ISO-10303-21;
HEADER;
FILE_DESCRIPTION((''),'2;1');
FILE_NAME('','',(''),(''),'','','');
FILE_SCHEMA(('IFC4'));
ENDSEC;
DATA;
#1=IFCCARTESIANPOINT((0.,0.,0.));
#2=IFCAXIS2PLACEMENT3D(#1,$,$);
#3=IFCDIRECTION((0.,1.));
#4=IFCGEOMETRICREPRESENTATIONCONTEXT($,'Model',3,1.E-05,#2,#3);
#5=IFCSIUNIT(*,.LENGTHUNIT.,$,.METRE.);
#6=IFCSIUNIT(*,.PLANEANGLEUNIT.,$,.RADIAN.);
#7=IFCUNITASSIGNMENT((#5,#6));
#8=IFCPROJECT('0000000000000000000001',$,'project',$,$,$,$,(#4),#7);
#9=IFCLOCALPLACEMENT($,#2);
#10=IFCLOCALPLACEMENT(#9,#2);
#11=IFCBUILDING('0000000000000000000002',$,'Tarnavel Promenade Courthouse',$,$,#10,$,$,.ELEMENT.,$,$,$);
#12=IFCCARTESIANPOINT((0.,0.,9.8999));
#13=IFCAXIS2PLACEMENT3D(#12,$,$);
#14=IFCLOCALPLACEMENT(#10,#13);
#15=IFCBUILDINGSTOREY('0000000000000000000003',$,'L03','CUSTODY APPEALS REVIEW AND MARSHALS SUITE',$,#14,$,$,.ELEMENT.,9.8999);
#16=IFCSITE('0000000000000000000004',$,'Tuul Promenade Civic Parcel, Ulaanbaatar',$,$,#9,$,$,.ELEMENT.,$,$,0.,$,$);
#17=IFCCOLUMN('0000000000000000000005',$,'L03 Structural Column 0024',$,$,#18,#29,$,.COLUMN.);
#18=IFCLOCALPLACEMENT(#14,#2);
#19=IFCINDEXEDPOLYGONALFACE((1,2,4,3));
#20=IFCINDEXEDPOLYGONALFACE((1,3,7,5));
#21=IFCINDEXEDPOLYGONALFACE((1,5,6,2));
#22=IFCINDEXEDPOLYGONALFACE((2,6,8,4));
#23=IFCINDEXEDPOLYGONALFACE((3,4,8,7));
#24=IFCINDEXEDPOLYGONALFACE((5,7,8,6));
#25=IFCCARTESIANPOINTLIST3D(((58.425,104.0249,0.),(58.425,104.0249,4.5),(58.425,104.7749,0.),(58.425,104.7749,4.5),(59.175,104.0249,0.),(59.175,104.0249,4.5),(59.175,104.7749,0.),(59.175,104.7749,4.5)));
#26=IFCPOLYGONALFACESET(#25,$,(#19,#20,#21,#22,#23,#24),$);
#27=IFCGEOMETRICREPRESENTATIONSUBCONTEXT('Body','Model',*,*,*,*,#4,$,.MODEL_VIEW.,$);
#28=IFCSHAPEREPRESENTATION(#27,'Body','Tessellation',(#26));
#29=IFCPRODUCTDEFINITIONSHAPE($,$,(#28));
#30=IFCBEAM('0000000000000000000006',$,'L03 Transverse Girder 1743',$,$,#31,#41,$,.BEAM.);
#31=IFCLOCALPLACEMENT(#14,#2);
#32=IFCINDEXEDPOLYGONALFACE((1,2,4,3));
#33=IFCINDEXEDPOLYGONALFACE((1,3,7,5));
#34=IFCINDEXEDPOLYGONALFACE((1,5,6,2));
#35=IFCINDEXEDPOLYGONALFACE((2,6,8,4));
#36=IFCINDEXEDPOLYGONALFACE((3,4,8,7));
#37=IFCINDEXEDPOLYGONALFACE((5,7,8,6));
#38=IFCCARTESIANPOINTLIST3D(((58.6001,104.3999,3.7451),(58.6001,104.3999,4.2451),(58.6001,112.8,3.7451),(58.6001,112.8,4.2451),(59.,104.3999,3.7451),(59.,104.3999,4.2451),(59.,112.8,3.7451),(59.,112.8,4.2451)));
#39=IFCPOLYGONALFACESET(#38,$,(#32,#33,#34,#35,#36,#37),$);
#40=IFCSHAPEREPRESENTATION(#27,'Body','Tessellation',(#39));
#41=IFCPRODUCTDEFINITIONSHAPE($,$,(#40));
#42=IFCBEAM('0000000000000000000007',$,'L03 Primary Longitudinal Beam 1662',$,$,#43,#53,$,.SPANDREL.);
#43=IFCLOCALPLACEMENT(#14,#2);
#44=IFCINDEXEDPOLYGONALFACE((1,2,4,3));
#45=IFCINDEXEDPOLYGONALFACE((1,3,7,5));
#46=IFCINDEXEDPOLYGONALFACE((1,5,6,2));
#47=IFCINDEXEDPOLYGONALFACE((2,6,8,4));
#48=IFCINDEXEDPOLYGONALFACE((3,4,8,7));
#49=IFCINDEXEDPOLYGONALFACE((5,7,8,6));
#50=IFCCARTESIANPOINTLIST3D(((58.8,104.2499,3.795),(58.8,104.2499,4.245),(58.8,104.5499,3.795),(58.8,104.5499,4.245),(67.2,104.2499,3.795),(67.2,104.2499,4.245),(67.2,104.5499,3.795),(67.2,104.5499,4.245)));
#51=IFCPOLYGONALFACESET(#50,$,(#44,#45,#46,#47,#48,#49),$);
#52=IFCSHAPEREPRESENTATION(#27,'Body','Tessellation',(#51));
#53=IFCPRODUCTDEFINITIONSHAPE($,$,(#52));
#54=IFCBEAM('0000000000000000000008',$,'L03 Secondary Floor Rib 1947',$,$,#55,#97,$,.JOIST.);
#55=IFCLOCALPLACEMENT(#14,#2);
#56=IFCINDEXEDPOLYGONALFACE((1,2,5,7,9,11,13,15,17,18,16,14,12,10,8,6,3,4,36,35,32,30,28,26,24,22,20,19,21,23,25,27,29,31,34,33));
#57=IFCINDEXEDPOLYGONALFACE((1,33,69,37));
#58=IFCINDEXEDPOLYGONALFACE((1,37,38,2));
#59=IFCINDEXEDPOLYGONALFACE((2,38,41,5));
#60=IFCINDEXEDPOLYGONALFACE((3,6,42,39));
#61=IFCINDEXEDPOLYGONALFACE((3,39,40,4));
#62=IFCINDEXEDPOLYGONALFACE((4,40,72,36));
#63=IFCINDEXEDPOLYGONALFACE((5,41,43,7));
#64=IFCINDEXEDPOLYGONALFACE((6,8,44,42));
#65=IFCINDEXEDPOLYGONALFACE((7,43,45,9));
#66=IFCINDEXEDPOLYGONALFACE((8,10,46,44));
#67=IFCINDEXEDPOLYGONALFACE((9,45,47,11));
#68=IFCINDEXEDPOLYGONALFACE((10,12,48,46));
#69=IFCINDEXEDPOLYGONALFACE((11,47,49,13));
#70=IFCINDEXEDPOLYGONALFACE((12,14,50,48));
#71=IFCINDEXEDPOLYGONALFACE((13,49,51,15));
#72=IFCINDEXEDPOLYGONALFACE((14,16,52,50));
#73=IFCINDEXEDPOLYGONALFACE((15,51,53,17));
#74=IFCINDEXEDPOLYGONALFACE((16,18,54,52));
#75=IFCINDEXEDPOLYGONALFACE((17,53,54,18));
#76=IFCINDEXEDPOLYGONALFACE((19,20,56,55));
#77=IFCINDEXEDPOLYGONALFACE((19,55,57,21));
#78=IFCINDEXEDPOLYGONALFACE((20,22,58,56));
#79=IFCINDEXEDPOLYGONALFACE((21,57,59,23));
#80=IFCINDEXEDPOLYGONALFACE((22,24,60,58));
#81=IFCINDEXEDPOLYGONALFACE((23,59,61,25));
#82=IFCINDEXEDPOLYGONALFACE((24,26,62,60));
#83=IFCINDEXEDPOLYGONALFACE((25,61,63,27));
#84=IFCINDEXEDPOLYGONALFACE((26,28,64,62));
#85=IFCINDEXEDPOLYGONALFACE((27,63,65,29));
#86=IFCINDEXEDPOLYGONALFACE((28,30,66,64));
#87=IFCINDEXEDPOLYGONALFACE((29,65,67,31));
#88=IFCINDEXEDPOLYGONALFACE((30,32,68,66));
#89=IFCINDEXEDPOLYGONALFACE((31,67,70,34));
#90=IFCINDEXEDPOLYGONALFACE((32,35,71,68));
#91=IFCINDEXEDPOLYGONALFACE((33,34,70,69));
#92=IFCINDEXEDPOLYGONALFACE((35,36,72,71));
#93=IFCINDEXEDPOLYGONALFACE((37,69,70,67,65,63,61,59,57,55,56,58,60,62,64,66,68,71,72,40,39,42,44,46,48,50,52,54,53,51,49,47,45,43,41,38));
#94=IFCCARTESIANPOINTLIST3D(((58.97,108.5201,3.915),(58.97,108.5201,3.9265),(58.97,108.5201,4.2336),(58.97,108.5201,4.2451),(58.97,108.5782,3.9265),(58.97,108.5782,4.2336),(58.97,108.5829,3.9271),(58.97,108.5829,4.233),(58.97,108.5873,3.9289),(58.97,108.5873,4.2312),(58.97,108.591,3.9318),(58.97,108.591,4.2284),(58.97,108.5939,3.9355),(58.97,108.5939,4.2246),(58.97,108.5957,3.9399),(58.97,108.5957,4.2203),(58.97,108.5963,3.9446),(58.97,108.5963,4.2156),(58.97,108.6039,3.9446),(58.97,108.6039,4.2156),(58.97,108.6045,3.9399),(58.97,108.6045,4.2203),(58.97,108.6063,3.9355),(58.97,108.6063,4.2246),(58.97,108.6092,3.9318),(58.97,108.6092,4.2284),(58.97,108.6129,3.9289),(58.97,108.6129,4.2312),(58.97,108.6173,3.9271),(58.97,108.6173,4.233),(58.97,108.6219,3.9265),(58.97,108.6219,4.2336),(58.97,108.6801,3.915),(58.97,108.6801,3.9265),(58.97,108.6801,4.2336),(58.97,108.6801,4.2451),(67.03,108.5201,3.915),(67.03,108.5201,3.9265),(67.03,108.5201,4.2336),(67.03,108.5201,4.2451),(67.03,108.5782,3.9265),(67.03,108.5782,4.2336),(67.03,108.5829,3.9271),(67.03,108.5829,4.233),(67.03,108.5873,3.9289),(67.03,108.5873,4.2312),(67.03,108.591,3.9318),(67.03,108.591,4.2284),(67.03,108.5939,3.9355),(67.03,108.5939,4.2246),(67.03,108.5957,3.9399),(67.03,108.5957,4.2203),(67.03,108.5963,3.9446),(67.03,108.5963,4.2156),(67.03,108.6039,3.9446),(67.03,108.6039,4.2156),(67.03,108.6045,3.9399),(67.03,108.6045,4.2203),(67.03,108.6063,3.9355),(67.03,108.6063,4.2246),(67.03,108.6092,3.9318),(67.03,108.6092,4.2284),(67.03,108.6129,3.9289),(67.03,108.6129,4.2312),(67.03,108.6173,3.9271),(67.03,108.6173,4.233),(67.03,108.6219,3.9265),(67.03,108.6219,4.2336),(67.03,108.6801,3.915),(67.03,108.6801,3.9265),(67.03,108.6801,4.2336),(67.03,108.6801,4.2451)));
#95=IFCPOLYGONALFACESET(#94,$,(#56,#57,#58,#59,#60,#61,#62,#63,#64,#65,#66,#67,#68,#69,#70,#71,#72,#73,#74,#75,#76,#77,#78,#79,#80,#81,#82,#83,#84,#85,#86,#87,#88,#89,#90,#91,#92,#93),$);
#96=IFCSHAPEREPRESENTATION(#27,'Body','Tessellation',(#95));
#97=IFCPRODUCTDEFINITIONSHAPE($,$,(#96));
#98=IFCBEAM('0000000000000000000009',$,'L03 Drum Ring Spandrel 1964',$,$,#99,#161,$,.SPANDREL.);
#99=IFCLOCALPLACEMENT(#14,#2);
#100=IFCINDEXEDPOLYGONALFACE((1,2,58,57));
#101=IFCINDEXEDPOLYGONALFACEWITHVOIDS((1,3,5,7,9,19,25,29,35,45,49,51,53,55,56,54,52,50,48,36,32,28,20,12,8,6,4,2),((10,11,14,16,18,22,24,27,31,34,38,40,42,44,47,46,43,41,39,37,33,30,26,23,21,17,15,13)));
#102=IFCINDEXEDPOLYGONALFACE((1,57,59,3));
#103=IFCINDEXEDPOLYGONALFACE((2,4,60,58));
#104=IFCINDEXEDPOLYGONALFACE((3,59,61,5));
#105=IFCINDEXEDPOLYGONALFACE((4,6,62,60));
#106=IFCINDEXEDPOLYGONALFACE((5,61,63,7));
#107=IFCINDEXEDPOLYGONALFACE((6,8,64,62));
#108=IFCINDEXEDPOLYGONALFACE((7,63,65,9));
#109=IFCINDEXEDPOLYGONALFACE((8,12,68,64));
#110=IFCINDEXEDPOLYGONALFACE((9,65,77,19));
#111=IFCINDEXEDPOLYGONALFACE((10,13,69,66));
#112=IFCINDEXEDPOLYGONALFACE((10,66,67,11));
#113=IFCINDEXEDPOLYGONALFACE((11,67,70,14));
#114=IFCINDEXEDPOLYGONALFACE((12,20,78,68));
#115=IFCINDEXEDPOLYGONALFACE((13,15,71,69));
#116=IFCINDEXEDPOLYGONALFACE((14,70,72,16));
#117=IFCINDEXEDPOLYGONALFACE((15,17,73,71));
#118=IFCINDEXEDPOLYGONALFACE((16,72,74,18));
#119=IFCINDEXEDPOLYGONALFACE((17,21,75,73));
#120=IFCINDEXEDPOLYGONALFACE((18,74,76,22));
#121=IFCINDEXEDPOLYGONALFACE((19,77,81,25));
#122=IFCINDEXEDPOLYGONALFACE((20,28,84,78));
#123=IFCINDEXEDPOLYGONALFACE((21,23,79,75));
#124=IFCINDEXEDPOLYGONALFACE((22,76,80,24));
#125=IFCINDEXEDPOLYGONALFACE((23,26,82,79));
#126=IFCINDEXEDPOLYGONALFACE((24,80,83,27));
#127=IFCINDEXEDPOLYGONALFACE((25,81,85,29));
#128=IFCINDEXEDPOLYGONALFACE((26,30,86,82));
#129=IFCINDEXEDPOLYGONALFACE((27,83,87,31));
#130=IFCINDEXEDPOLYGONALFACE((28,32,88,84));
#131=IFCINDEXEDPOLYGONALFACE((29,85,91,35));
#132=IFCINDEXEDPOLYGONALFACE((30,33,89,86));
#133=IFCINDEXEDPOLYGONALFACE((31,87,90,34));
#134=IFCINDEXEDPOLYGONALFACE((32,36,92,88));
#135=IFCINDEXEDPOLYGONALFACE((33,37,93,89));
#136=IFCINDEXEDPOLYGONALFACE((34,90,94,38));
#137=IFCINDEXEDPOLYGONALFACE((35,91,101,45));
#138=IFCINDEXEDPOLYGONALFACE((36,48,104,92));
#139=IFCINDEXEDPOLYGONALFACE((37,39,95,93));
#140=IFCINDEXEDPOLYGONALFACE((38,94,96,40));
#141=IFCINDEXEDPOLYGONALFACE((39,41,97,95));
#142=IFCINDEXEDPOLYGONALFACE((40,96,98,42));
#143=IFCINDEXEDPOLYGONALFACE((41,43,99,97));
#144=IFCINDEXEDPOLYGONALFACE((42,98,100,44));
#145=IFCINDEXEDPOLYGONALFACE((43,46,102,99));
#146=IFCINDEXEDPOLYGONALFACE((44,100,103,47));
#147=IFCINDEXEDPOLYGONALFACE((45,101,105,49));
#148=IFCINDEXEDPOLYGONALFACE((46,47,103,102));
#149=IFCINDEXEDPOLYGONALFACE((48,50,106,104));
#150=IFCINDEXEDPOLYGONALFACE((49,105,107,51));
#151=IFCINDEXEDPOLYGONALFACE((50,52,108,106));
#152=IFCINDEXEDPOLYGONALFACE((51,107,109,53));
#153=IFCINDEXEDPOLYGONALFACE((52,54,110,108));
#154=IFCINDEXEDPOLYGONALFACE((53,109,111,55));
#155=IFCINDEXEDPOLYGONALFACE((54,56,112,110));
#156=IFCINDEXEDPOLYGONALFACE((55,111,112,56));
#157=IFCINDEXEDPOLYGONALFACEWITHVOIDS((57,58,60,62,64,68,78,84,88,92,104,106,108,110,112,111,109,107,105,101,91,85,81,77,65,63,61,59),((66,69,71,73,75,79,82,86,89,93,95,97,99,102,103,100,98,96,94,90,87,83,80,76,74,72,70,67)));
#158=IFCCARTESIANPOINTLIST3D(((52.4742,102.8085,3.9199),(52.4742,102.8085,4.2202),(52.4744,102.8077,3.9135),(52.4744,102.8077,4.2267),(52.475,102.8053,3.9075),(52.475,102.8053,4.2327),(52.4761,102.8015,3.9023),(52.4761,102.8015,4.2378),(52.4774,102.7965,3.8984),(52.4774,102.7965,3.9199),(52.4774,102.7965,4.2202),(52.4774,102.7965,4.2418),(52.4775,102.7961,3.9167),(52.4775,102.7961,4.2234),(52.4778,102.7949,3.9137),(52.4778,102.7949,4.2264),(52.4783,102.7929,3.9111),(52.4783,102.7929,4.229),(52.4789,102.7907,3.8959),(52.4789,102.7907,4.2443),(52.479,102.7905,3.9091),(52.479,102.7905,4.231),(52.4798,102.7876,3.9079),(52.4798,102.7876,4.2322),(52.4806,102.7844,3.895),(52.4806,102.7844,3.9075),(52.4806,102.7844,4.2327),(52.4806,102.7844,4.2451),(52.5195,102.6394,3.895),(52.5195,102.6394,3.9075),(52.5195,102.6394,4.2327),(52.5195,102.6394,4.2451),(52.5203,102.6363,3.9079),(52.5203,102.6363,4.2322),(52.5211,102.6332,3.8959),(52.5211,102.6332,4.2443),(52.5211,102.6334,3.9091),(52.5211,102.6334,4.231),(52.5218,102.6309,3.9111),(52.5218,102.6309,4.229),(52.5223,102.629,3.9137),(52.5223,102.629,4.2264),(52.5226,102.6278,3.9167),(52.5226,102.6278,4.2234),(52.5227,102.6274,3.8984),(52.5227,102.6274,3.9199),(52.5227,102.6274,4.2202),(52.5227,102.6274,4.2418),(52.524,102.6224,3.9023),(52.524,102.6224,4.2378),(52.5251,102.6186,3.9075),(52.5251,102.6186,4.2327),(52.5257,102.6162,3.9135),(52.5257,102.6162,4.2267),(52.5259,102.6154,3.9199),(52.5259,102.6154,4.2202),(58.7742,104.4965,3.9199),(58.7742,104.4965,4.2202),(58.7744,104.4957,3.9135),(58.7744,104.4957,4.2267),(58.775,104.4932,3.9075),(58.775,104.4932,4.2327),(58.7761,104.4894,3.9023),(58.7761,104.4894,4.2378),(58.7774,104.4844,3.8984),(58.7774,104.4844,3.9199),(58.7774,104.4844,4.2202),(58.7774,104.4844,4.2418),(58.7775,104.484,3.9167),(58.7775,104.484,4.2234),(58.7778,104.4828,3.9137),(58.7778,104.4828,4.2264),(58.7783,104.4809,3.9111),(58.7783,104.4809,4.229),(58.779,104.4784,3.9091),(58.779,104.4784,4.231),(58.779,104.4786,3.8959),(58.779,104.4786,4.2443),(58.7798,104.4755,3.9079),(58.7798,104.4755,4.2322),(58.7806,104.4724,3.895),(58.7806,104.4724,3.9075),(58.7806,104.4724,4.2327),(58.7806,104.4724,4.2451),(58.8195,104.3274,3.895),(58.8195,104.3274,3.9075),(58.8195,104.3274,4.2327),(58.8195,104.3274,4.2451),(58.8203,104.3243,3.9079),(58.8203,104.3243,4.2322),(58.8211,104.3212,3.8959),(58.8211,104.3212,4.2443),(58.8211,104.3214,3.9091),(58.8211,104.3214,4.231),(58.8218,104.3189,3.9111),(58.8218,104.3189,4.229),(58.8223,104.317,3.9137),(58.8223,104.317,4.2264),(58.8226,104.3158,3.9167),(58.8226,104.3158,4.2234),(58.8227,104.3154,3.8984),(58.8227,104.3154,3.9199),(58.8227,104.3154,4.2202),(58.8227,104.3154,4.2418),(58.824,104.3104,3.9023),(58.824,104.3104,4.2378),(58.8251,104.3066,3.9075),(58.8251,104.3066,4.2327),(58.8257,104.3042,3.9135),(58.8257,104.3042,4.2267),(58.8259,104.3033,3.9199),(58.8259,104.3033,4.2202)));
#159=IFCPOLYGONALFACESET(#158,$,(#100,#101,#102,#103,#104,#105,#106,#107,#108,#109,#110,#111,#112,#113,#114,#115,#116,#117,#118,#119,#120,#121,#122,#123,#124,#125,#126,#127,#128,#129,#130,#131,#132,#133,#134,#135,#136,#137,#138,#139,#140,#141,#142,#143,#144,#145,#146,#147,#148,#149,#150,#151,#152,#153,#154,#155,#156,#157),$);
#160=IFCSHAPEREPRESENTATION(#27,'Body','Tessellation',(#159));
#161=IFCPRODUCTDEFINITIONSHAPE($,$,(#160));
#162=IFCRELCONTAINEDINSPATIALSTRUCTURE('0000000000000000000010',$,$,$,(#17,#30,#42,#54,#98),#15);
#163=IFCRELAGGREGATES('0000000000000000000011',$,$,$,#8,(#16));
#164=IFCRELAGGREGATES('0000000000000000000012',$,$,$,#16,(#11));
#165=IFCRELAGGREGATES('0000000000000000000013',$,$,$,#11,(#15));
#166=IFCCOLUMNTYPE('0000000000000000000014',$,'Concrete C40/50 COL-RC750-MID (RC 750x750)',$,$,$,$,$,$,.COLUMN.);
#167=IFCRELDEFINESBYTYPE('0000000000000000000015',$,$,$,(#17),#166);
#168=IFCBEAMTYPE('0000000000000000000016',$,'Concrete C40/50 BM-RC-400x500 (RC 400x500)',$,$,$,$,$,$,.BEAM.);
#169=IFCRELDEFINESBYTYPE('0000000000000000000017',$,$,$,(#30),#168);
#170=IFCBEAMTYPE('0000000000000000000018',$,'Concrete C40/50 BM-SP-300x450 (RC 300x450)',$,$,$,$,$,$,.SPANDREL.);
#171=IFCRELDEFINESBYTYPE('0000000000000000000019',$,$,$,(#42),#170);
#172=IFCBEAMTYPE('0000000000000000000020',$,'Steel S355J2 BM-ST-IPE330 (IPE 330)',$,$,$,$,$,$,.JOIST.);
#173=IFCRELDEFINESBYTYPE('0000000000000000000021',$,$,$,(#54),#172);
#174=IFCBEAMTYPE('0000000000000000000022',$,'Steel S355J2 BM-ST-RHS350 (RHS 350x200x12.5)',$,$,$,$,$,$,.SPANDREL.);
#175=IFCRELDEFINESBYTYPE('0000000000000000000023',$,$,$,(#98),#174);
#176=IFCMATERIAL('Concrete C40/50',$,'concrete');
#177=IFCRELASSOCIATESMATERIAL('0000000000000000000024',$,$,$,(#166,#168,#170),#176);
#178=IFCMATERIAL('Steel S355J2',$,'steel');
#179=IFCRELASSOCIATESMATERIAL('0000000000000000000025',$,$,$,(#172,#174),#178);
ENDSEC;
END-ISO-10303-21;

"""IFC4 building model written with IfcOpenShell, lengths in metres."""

from ifc_helpers import new_model, si_unit, direction, frame, origin, origin_2d, place, context, subcontext, project, spatial, rectangle, hollow_rectangle, i_section, extrude, material, material_profile, profile_set, type_object, element, save


model = new_model("IFC4")

# Units and contexts
model_context = context("Model", 3, precision=1e-05, world=origin(), true_north=direction((0.0, 1.0)))
body_context = subcontext(model_context, "Body", "Model", "MODEL_VIEW")
ifc_project = project(units=[si_unit("LENGTHUNIT", "METRE"), si_unit("PLANEANGLEUNIT", "RADIAN")], contexts=[model_context])

# Site, building, storey
site_placement = place(None, origin())
site = spatial("IfcSite", under=ifc_project, at=site_placement, Name="Tuul Promenade Civic Parcel, Ulaanbaatar", CompositionType="ELEMENT", RefElevation=0.0)
building_placement = place(site_placement, origin())
building = spatial("IfcBuilding", under=site, at=building_placement, Name="Tarnavel Promenade Courthouse", CompositionType="ELEMENT")
storey_placement = place(building_placement, frame((0.0, 0.0, 9.8999)))
storey = spatial("IfcBuildingStorey", under=building, at=storey_placement, Name="L03", Description="CUSTODY APPEALS REVIEW AND MARSHALS SUITE", CompositionType="ELEMENT", Elevation=9.8999)

# Column
ifc_material_1 = material(Name="Concrete C40/50", Category="concrete")
ifc_material_profile_1 = material_profile(ifc_material_1, rectangle(XDim=0.75, YDim=0.75, at=origin_2d()), Name="RC 750x750")
ifc_profile_set_1 = profile_set([ifc_material_profile_1], Name="Concrete C40/50")
column_type = type_object("IfcColumnType", Name="Concrete C40/50 COL-RC750-MID (RC 750x750)", PredefinedType="COLUMN", material=ifc_profile_set_1)
column_placement = place(storey_placement, frame((58.8, 104.3999, 0.0), z_axis=(0.0, 0.0, 1.0), x_axis=(1.0, 0.0, 0.0)))
element("IfcColumn", 1, at=column_placement, inside=storey, type_object=column_type, Name="L03 Structural Column 0024", PredefinedType="COLUMN", context=body_context, shape_type="SweptSolid", body=[
    extrude(rectangle(XDim=0.75, YDim=0.75, at=origin_2d()), origin(), (0.0, 0.0, 1.0), 4.5),
])

# Beams
ifc_material_profile_2 = material_profile(ifc_material_1, rectangle(XDim=0.3999, YDim=0.5, at=origin_2d()), Name="RC 400x500")
ifc_profile_set_2 = profile_set([ifc_material_profile_2], Name="Concrete C40/50")
beam_type_1 = type_object("IfcBeamType", Name="Concrete C40/50 BM-RC-400x500 (RC 400x500)", PredefinedType="BEAM", material=ifc_profile_set_2)
beam_1_placement = place(storey_placement, frame((58.8, 104.3999, 3.9951), z_axis=(0.0, 1.0, 0.0), x_axis=(-1.0, 0.0, 0.0)))
element("IfcBeam", 2, at=beam_1_placement, inside=storey, type_object=beam_type_1, Name="L03 Transverse Girder 1743", PredefinedType="BEAM", context=body_context, shape_type="SweptSolid", body=[
    extrude(rectangle(XDim=0.3999, YDim=0.5, at=origin_2d()), origin(), (0.0, 0.0, 1.0), 8.4001),
])
ifc_material_profile_3 = material_profile(ifc_material_1, rectangle(XDim=0.3, YDim=0.45, at=origin_2d()), Name="RC 300x450")
ifc_profile_set_3 = profile_set([ifc_material_profile_3], Name="Concrete C40/50")
beam_type_2 = type_object("IfcBeamType", Name="Concrete C40/50 BM-SP-300x450 (RC 300x450)", PredefinedType="SPANDREL", material=ifc_profile_set_3)
beam_2_placement = place(storey_placement, frame((58.8, 104.3999, 4.02), z_axis=(1.0, 0.0, 0.0), x_axis=(0.0, 1.0, 0.0)))
element("IfcBeam", 3, at=beam_2_placement, inside=storey, type_object=beam_type_2, Name="L03 Primary Longitudinal Beam 1662", PredefinedType="SPANDREL", context=body_context, shape_type="SweptSolid", body=[
    extrude(rectangle(XDim=0.3, YDim=0.45, at=origin_2d()), origin(), (0.0, 0.0, 1.0), 8.3999),
])
ifc_material_2 = material(Name="Steel S355J2", Category="steel")
ifc_material_profile_4 = material_profile(ifc_material_2, i_section(OverallWidth=0.1599, OverallDepth=0.3301, WebThickness=0.0076, FlangeThickness=0.0115, FilletRadius=0.0181, at=origin_2d()), Name="IPE 330")
ifc_profile_set_4 = profile_set([ifc_material_profile_4], Name="Steel S355J2")
beam_type_3 = type_object("IfcBeamType", Name="Steel S355J2 BM-ST-IPE330 (IPE 330)", PredefinedType="JOIST", material=ifc_profile_set_4)
beam_3_placement = place(storey_placement, frame((58.97, 108.6001, 4.0801), z_axis=(1.0, 0.0, 0.0), x_axis=(0.0, 1.0, 0.0)))
element("IfcBeam", 4, at=beam_3_placement, inside=storey, type_object=beam_type_3, Name="L03 Secondary Floor Rib 1947", PredefinedType="JOIST", context=body_context, shape_type="SweptSolid", body=[
    extrude(i_section(OverallWidth=0.1599, OverallDepth=0.3301, WebThickness=0.0076, FlangeThickness=0.0115, FilletRadius=0.0181, at=origin_2d()), origin(), (0.0, 0.0, 1.0), 8.0601),
])
ifc_material_profile_5 = material_profile(ifc_material_2, hollow_rectangle(XDim=0.2, YDim=0.3501, WallThickness=0.0125, InnerFilletRadius=0.0125, OuterFilletRadius=0.0249, at=origin_2d()), Name="RHS 350x200x12.5")
ifc_profile_set_5 = profile_set([ifc_material_profile_5], Name="Steel S355J2")
beam_type_4 = type_object("IfcBeamType", Name="Steel S355J2 BM-ST-RHS350 (RHS 350x200x12.5)", PredefinedType="SPANDREL", material=ifc_profile_set_5)
beam_4_placement = place(storey_placement, frame((58.8, 104.3999, 4.0701), z_axis=(-0.96593, -0.258804, 0.0), x_axis=(0.258804, -0.96593, 0.0)))
element("IfcBeam", 5, at=beam_4_placement, inside=storey, type_object=beam_type_4, Name="L03 Drum Ring Spandrel 1964", PredefinedType="SPANDREL", context=body_context, shape_type="SweptSolid", body=[
    extrude(hollow_rectangle(XDim=0.2, YDim=0.3501, WallThickness=0.0125, InnerFilletRadius=0.0125, OuterFilletRadius=0.0249, at=origin_2d()), origin(), (0.0, 0.0, 1.0), 6.5222),
])

save(model, "model.ifc")
